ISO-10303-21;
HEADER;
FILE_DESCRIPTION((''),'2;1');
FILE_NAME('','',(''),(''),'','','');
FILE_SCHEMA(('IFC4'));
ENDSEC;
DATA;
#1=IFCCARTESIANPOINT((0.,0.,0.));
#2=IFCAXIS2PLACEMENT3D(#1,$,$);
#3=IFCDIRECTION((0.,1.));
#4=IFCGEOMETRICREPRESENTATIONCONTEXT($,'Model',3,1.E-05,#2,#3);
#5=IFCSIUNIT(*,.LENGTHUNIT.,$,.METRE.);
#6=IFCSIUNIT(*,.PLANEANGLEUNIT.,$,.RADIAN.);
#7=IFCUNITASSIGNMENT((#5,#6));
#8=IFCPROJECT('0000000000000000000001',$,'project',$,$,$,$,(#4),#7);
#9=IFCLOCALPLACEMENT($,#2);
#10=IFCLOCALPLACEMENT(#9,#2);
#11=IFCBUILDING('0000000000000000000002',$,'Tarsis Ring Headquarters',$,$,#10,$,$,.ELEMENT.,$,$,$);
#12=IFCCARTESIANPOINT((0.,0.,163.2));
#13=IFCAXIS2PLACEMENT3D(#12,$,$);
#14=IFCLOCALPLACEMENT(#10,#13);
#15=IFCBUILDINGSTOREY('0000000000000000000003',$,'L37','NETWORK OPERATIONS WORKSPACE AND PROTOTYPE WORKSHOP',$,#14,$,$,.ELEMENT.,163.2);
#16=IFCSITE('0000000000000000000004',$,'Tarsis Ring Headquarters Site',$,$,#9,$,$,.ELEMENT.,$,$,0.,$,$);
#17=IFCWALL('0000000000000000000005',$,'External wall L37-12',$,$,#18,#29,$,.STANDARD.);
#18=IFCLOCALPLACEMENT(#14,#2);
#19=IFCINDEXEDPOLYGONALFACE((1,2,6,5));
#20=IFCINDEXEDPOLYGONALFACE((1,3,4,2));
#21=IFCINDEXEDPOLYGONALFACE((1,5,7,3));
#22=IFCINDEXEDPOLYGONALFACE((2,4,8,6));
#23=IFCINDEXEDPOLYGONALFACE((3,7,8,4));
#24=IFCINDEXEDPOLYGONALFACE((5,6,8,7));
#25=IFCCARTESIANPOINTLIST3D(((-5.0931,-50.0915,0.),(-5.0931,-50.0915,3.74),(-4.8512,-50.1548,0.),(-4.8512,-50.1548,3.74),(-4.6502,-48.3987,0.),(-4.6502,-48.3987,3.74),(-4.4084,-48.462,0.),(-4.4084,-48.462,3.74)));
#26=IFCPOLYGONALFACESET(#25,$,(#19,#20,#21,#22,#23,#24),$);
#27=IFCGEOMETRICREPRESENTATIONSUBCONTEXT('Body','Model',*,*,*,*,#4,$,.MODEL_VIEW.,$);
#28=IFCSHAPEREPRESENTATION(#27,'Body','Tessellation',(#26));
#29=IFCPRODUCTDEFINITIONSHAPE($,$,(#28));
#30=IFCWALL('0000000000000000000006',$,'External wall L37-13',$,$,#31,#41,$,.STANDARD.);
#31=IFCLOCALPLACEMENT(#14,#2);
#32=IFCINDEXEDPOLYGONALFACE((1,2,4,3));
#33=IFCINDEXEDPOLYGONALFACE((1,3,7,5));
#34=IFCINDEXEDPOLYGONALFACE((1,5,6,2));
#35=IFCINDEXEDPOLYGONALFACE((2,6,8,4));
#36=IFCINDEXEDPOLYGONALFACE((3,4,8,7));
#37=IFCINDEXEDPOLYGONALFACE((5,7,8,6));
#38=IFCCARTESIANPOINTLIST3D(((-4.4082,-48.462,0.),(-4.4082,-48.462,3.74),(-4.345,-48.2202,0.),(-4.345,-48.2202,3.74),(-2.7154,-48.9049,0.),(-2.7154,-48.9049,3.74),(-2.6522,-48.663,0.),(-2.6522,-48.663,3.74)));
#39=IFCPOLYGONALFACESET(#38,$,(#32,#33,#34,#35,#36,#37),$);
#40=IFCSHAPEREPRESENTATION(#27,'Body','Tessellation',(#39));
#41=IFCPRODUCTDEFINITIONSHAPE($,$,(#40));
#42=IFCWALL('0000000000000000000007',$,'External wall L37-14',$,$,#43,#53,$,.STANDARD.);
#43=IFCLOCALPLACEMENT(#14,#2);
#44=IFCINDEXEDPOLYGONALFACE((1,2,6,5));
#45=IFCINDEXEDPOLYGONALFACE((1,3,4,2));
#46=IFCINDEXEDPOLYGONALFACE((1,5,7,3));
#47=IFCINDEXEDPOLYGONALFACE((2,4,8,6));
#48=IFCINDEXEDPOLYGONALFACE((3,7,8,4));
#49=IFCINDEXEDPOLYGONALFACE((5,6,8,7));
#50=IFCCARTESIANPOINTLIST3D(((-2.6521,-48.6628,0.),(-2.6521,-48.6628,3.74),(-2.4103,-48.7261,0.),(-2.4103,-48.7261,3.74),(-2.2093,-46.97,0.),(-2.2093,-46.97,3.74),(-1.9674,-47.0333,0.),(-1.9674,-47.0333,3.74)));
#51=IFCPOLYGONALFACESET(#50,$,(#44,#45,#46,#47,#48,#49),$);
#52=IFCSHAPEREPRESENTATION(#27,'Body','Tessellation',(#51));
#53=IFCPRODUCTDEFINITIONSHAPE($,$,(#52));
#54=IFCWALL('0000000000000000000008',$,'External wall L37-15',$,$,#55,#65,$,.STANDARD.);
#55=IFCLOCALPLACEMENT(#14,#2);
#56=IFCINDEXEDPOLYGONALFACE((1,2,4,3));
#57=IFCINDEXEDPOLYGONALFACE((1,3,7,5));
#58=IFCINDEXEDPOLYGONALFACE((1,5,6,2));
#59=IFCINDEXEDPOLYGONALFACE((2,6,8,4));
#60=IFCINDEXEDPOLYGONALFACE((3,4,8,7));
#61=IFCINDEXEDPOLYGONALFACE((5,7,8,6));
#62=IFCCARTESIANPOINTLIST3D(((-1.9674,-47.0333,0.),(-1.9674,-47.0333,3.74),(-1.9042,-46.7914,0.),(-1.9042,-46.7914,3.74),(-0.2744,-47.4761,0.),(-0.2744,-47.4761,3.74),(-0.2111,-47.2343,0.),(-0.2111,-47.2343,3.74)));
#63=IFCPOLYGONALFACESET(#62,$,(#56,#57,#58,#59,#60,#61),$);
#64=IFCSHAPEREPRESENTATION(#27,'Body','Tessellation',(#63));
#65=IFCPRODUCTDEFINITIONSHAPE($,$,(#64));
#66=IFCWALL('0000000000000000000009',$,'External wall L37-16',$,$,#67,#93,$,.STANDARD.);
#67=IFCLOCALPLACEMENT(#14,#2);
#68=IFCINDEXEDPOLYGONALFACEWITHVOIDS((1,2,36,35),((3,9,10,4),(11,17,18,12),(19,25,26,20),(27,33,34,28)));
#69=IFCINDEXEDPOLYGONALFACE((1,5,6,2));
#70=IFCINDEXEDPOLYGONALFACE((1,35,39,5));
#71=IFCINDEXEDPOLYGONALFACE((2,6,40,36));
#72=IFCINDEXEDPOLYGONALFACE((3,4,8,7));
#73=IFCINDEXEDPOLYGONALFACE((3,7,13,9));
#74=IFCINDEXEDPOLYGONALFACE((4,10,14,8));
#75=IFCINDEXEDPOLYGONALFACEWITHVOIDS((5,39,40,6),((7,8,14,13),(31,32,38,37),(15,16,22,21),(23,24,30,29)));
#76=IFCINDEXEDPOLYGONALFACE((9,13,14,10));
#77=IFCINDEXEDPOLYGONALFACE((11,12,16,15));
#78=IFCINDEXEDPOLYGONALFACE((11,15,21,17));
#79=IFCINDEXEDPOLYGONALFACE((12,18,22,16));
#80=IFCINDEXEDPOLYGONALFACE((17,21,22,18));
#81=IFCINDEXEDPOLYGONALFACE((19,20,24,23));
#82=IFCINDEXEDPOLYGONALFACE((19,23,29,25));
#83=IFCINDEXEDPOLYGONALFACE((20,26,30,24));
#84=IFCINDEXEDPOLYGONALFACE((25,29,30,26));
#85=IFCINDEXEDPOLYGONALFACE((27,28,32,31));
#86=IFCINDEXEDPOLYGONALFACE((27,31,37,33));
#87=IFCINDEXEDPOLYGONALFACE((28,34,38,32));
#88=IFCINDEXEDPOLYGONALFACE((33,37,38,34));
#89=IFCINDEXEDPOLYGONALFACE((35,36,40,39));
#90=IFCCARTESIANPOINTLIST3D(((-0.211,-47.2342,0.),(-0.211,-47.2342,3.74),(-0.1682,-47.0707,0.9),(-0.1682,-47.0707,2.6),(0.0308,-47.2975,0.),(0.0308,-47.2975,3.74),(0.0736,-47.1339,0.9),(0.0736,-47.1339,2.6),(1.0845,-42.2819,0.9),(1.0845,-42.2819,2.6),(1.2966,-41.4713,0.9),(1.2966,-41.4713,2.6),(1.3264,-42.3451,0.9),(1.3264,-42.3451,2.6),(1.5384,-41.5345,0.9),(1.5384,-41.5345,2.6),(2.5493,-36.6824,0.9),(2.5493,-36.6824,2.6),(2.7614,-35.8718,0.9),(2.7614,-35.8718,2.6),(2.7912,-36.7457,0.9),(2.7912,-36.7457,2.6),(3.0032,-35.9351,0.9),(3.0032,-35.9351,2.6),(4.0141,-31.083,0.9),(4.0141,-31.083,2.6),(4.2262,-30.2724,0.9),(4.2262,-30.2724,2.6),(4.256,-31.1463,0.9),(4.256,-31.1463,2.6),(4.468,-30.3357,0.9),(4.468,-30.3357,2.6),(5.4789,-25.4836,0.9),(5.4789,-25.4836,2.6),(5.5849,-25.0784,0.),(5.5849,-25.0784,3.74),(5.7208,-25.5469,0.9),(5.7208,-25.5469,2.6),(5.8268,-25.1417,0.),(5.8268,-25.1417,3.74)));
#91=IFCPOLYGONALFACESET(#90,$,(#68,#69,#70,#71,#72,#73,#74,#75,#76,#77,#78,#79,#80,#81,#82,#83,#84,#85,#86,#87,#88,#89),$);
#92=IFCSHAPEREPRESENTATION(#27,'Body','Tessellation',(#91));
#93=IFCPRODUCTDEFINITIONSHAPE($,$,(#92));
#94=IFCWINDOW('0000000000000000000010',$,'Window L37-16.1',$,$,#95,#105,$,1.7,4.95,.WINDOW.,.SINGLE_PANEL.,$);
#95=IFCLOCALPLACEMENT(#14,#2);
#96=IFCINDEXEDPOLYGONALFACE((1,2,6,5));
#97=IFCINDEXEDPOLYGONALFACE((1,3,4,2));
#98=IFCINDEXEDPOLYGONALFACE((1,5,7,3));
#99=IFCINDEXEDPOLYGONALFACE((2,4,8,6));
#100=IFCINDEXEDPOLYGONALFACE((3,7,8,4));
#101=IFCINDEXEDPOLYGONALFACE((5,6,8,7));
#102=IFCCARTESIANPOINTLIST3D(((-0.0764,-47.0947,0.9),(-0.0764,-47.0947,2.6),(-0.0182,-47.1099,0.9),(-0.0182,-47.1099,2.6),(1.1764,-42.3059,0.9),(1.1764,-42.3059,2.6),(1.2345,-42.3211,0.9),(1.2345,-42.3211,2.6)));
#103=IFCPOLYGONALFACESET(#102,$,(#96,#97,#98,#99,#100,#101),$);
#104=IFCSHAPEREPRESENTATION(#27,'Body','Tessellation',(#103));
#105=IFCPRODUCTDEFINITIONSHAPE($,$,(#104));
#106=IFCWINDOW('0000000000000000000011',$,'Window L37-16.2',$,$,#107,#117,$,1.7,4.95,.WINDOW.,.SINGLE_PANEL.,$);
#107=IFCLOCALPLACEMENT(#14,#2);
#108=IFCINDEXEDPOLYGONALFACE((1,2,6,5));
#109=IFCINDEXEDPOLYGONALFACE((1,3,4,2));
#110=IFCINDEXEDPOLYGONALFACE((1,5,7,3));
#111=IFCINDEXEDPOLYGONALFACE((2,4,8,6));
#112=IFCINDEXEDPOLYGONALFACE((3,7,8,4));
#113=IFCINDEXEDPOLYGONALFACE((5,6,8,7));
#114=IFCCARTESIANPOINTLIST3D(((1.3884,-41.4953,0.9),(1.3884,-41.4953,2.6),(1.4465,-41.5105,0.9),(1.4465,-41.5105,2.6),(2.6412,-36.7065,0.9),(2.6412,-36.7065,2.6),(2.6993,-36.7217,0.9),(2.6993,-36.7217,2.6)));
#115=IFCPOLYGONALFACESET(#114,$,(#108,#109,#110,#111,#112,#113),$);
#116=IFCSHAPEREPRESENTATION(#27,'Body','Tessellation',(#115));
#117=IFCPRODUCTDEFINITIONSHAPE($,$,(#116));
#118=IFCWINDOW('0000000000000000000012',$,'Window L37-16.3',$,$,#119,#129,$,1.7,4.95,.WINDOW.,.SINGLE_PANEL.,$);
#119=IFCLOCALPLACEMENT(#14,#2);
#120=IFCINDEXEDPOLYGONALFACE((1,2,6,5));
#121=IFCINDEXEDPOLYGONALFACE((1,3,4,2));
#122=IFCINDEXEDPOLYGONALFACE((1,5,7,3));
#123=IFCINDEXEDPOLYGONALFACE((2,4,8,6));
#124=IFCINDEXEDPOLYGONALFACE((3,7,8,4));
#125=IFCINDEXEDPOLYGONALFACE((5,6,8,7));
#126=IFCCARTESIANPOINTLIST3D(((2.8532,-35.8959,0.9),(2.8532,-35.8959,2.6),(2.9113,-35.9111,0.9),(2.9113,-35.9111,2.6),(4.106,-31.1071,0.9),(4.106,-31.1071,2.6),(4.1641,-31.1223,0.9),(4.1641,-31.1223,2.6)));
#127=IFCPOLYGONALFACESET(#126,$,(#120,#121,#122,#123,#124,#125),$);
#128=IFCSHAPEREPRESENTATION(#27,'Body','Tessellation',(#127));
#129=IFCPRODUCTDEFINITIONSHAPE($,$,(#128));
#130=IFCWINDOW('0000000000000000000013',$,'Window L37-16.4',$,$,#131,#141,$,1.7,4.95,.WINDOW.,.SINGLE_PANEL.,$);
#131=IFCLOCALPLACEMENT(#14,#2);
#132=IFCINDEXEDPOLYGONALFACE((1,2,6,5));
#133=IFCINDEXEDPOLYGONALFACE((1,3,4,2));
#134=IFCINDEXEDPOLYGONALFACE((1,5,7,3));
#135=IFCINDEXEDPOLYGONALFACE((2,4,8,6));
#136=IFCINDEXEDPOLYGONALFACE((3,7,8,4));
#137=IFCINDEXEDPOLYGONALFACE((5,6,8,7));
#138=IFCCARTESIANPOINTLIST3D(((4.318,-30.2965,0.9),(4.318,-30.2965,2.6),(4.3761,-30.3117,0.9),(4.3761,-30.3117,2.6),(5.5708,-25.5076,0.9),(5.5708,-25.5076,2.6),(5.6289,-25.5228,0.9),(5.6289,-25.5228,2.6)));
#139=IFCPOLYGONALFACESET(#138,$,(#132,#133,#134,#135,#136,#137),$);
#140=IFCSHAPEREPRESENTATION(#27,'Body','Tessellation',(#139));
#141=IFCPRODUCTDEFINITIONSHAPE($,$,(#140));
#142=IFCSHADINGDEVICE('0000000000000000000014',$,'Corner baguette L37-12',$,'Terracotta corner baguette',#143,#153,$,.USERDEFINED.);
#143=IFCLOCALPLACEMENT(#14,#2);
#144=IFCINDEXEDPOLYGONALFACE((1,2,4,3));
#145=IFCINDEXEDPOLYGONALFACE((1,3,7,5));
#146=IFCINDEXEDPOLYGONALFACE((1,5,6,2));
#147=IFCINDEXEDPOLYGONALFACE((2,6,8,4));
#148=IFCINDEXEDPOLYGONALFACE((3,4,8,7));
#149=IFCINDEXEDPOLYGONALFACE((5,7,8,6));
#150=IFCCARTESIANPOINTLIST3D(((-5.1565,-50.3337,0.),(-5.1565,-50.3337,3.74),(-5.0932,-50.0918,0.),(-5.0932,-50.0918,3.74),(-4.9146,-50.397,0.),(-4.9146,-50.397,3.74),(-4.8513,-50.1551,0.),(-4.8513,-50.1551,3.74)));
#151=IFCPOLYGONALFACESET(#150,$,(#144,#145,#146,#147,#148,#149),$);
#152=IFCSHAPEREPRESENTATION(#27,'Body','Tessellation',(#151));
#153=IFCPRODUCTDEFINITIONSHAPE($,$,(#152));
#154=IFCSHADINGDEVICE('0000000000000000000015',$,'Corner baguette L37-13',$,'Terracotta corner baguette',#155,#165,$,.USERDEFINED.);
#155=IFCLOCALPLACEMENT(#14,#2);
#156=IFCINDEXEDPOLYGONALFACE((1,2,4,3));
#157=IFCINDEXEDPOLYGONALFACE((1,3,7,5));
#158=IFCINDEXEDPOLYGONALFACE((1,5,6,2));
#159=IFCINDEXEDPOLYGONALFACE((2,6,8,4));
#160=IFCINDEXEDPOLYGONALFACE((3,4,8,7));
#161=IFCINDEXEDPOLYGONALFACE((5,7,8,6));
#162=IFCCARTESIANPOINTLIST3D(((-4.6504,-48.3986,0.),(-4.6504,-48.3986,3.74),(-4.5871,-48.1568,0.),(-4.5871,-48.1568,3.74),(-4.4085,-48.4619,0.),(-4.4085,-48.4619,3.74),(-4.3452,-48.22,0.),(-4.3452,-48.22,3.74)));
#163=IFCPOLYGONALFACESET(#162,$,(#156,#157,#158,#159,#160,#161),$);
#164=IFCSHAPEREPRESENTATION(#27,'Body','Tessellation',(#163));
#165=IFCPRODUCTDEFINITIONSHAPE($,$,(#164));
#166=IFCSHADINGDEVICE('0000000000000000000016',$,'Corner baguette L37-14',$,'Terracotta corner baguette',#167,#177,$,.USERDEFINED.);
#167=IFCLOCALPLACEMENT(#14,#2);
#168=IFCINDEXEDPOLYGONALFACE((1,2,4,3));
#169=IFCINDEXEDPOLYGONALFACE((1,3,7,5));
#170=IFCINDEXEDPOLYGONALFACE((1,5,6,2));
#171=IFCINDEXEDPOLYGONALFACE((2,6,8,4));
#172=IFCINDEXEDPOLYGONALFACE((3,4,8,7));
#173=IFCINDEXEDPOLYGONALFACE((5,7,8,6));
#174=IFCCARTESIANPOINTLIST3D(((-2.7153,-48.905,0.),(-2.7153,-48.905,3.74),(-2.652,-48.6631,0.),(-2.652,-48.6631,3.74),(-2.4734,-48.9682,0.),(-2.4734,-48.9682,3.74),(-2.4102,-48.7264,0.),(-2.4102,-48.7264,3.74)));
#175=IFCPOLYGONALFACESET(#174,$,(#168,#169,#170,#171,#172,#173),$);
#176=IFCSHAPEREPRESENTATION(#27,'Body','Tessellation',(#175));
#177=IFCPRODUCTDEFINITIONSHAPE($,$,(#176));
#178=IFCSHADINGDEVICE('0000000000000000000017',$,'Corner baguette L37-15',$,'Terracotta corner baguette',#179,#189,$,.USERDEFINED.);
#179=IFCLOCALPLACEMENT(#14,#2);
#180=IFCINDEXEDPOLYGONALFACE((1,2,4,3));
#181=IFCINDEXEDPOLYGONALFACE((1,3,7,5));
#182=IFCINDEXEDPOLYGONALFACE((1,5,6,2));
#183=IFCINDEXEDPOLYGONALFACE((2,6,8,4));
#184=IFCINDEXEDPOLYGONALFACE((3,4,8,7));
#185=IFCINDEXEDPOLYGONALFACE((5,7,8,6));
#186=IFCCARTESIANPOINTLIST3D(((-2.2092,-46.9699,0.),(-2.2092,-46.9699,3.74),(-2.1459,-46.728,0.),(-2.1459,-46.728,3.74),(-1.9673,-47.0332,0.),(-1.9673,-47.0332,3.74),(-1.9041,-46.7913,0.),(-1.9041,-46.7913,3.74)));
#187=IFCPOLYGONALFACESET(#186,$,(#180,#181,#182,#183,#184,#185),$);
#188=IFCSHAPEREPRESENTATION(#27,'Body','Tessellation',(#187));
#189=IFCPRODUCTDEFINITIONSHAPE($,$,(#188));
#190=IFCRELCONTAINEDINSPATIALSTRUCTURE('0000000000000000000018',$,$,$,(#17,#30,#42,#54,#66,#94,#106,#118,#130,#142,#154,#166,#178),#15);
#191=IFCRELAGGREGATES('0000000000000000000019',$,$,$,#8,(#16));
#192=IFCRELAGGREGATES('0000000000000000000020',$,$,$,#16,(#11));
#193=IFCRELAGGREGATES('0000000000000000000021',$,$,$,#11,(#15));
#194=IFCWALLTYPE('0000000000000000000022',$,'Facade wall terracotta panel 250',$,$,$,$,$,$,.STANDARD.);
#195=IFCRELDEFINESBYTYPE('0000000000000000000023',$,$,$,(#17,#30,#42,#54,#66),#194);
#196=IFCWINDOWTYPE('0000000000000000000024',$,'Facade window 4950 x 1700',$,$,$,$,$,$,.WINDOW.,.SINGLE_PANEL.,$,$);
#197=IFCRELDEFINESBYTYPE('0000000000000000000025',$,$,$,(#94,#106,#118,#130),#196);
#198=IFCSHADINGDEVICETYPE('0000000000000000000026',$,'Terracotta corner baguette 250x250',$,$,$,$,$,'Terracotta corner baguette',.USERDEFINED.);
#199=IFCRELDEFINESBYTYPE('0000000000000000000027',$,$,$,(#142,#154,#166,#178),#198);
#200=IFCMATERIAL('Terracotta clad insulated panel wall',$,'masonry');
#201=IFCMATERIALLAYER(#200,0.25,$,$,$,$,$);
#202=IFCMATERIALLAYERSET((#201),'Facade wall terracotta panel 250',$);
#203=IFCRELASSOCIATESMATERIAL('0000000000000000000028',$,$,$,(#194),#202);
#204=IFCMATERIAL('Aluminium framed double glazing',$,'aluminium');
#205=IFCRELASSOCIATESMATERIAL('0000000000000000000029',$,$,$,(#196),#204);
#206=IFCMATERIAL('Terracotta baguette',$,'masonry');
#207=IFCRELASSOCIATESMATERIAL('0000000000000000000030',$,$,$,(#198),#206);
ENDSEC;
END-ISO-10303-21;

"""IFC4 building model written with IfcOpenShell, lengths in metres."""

from ifc_helpers import new_model, si_unit, direction, frame, frame_2d, origin, origin_2d, place, context, subcontext, project, spatial, rectangle, extrude, material, layer, layer_set, type_object, element, fill, save


model = new_model("IFC4")

# Units and contexts
model_context = context("Model", 3, precision=1e-05, world=origin(), true_north=direction((0.0, 1.0)))
body_context = subcontext(model_context, "Body", "Model", "MODEL_VIEW")
ifc_project = project(units=[si_unit("LENGTHUNIT", "METRE"), si_unit("PLANEANGLEUNIT", "RADIAN")], contexts=[model_context])

# Site, building, storey
site_placement = place(None, origin())
site = spatial("IfcSite", under=ifc_project, at=site_placement, Name="Tarsis Ring Headquarters Site", CompositionType="ELEMENT", RefElevation=0.0)
building_placement = place(site_placement, origin())
building = spatial("IfcBuilding", under=site, at=building_placement, Name="Tarsis Ring Headquarters", CompositionType="ELEMENT")
storey_placement = place(building_placement, frame((0.0, 0.0, 163.2)))
storey = spatial("IfcBuildingStorey", under=building, at=storey_placement, Name="L37", Description="NETWORK OPERATIONS WORKSPACE AND PROTOTYPE WORKSHOP", CompositionType="ELEMENT", Elevation=163.2)

# Walls
ifc_material_1 = material(Name="Terracotta clad insulated panel wall", Category="masonry")
ifc_layer_1 = layer(ifc_material_1, 0.25)
ifc_layer_set_1 = layer_set([ifc_layer_1], Name="Facade wall terracotta panel 250")
wall_type_1 = type_object("IfcWallType", Name="Facade wall terracotta panel 250", PredefinedType="STANDARD", material=ifc_layer_set_1)
for number, where, z_axis, x_axis, name in (
    (1, (-4.9722, -50.1233, 0.0), (0.0, 0.0, 1.0), (0.253092, 0.967442, 0.0), "External wall L37-12"),
    (2, (-4.3767, -48.3411, 0.0), (0.0, 0.0, 1.0), (0.967442, -0.253092, 0.0), "External wall L37-13"),
    (3, (-2.5312, -48.6946, 0.0), (0.0, 0.0, 1.0), (0.253092, 0.967442, 0.0), "External wall L37-14"),
):
    element("IfcWall", number, at=place(storey_placement, frame(where, z_axis=z_axis, x_axis=x_axis)), inside=storey, type_object=wall_type_1, Name=name, PredefinedType="STANDARD", context=body_context, shape_type="SweptSolid", body=[
        extrude(rectangle(XDim=1.7498, YDim=0.25, at=frame_2d((0.875, 0.0))), origin(), (0.0, 0.0, 1.0), 3.74),
    ])
wall_1_placement = place(storey_placement, frame((-1.9358, -46.9124, 0.0), z_axis=(0.0, 0.0, 1.0), x_axis=(0.967451, -0.253058, 0.0)))
element("IfcWall", 4, at=wall_1_placement, inside=storey, type_object=wall_type_1, Name="External wall L37-15", PredefinedType="STANDARD", context=body_context, shape_type="SweptSolid", body=[
    extrude(rectangle(XDim=1.75, YDim=0.25, at=frame_2d((0.875, 0.0))), origin(), (0.0, 0.0, 1.0), 3.74),
])

# Wall, openings, windows
wall_2_placement = place(storey_placement, frame((-0.0901, -47.2659, 0.0), z_axis=(0.0, 0.0, 1.0), x_axis=(0.253081, 0.967445, 0.0)))
wall_2 = element("IfcWall", 5, at=wall_2_placement, inside=storey, type_object=wall_type_1, Name="External wall L37-16", PredefinedType="STANDARD", context=body_context, shape_type="SweptSolid", body=[
    extrude(rectangle(XDim=22.9014, YDim=0.25, at=frame_2d((11.4507, 0.0))), origin(), (0.0, 0.0, 1.0), 3.74),
])
opening_1_placement = place(wall_2_placement, frame((0.1689, 0.0, 0.8999)))
opening_1 = element("IfcOpeningElement", 6, at=opening_1_placement, cuts=wall_2, PredefinedType="OPENING", context=body_context, shape_type="SweptSolid", body=[
    extrude(rectangle(XDim=4.95, YDim=1.7, at=frame_2d((2.4751, 0.8501))), frame((0.0, 0.135, 0.0), z_axis=(0.0, -1.0, 0.0), x_axis=(1.0, 0.0, 0.0)), (0.0, 0.0, 1.0), 0.27),
])
opening_2_placement = place(wall_2_placement, frame((5.9568, 0.0, 0.8999)))
opening_2 = element("IfcOpeningElement", 7, at=opening_2_placement, cuts=wall_2, PredefinedType="OPENING", context=body_context, shape_type="SweptSolid", body=[
    extrude(rectangle(XDim=4.95, YDim=1.7, at=frame_2d((2.4751, 0.8501))), frame((0.0, 0.135, 0.0), z_axis=(0.0, -1.0, 0.0), x_axis=(1.0, 0.0, 0.0)), (0.0, 0.0, 1.0), 0.27),
])
opening_3_placement = place(wall_2_placement, frame((11.7446, 0.0, 0.8999)))
opening_3 = element("IfcOpeningElement", 8, at=opening_3_placement, cuts=wall_2, PredefinedType="OPENING", context=body_context, shape_type="SweptSolid", body=[
    extrude(rectangle(XDim=4.95, YDim=1.7, at=frame_2d((2.4751, 0.8501))), frame((0.0, 0.135, 0.0), z_axis=(0.0, -1.0, 0.0), x_axis=(1.0, 0.0, 0.0)), (0.0, 0.0, 1.0), 0.27),
])
opening_4_placement = place(wall_2_placement, frame((17.5325, 0.0, 0.8999)))
opening_4 = element("IfcOpeningElement", 9, at=opening_4_placement, cuts=wall_2, PredefinedType="OPENING", context=body_context, shape_type="SweptSolid", body=[
    extrude(rectangle(XDim=4.95, YDim=1.7, at=frame_2d((2.4751, 0.8501))), frame((0.0, 0.135, 0.0), z_axis=(0.0, -1.0, 0.0), x_axis=(1.0, 0.0, 0.0)), (0.0, 0.0, 1.0), 0.27),
])
ifc_material_2 = material(Name="Aluminium framed double glazing", Category="aluminium")
window_type = type_object("IfcWindowType", Name="Facade window 4950 x 1700", PartitioningType="SINGLE_PANEL", PredefinedType="WINDOW", material=ifc_material_2)
window_1_placement = place(opening_1_placement, origin())
window_1 = element("IfcWindow", 10, at=window_1_placement, inside=storey, type_object=window_type, Name="Window L37-16.1", OverallHeight=1.7, OverallWidth=4.95, PartitioningType="SINGLE_PANEL", PredefinedType="WINDOW", context=body_context, shape_type="SweptSolid", body=[
    extrude(rectangle(XDim=4.95, YDim=1.7, at=frame_2d((2.4751, 0.8501))), frame((0.0, 0.03, 0.0), z_axis=(0.0, -1.0, 0.0), x_axis=(1.0, 0.0, 0.0)), (0.0, 0.0, 1.0), 0.0601),
])
fill(opening_1, window_1)
window_2_placement = place(opening_2_placement, origin())
window_2 = element("IfcWindow", 11, at=window_2_placement, inside=storey, type_object=window_type, Name="Window L37-16.2", OverallHeight=1.7, OverallWidth=4.95, PartitioningType="SINGLE_PANEL", PredefinedType="WINDOW", context=body_context, shape_type="SweptSolid", body=[
    extrude(rectangle(XDim=4.95, YDim=1.7, at=frame_2d((2.4751, 0.8501))), frame((0.0, 0.03, 0.0), z_axis=(0.0, -1.0, 0.0), x_axis=(1.0, 0.0, 0.0)), (0.0, 0.0, 1.0), 0.0601),
])
fill(opening_2, window_2)
window_3_placement = place(opening_3_placement, origin())
window_3 = element("IfcWindow", 12, at=window_3_placement, inside=storey, type_object=window_type, Name="Window L37-16.3", OverallHeight=1.7, OverallWidth=4.95, PartitioningType="SINGLE_PANEL", PredefinedType="WINDOW", context=body_context, shape_type="SweptSolid", body=[
    extrude(rectangle(XDim=4.95, YDim=1.7, at=frame_2d((2.4751, 0.8501))), frame((0.0, 0.03, 0.0), z_axis=(0.0, -1.0, 0.0), x_axis=(1.0, 0.0, 0.0)), (0.0, 0.0, 1.0), 0.0601),
])
fill(opening_3, window_3)
window_4_placement = place(opening_4_placement, origin())
window_4 = element("IfcWindow", 13, at=window_4_placement, inside=storey, type_object=window_type, Name="Window L37-16.4", OverallHeight=1.7, OverallWidth=4.95, PartitioningType="SINGLE_PANEL", PredefinedType="WINDOW", context=body_context, shape_type="SweptSolid", body=[
    extrude(rectangle(XDim=4.95, YDim=1.7, at=frame_2d((2.4751, 0.8501))), frame((0.0, 0.03, 0.0), z_axis=(0.0, -1.0, 0.0), x_axis=(1.0, 0.0, 0.0)), (0.0, 0.0, 1.0), 0.0601),
])
fill(opening_4, window_4)

# Shading devices
ifc_material_3 = material(Name="Terracotta baguette", Category="masonry")
shading_device_type_1 = type_object("IfcShadingDeviceType", Name="Terracotta corner baguette 250x250", ElementType="Terracotta corner baguette", PredefinedType="USERDEFINED", material=ifc_material_3)
for number, where, z_axis, x_axis, name in (
    (14, (-5.0039, -50.2444, 0.0), (0.0, 0.0, 1.0), (0.967445, -0.253083, 0.0), "Corner baguette L37-12"),
    (15, (-4.4978, -48.3093, 0.0), (0.0, 0.0, 1.0), (0.253083, 0.967445, 0.0), "Corner baguette L37-13"),
    (16, (-2.5627, -48.8157, 0.0), (0.0, 0.0, 1.0), (0.967445, -0.253082, 0.0), "Corner baguette L37-14"),
    (17, (-2.0566, -46.8806, 0.0), (0.0, 0.0, 1.0), (0.253082, 0.967445, 0.0), "Corner baguette L37-15"),
):
    element("IfcShadingDevice", number, at=place(storey_placement, frame(where, z_axis=z_axis, x_axis=x_axis)), inside=storey, type_object=shading_device_type_1, Name=name, ObjectType="Terracotta corner baguette", PredefinedType="USERDEFINED", context=body_context, shape_type="SweptSolid", body=[
        extrude(rectangle(XDim=0.25, YDim=0.25, at=origin_2d()), origin(), (0.0, 0.0, 1.0), 3.74),
    ])

save(model, "model.ifc")
